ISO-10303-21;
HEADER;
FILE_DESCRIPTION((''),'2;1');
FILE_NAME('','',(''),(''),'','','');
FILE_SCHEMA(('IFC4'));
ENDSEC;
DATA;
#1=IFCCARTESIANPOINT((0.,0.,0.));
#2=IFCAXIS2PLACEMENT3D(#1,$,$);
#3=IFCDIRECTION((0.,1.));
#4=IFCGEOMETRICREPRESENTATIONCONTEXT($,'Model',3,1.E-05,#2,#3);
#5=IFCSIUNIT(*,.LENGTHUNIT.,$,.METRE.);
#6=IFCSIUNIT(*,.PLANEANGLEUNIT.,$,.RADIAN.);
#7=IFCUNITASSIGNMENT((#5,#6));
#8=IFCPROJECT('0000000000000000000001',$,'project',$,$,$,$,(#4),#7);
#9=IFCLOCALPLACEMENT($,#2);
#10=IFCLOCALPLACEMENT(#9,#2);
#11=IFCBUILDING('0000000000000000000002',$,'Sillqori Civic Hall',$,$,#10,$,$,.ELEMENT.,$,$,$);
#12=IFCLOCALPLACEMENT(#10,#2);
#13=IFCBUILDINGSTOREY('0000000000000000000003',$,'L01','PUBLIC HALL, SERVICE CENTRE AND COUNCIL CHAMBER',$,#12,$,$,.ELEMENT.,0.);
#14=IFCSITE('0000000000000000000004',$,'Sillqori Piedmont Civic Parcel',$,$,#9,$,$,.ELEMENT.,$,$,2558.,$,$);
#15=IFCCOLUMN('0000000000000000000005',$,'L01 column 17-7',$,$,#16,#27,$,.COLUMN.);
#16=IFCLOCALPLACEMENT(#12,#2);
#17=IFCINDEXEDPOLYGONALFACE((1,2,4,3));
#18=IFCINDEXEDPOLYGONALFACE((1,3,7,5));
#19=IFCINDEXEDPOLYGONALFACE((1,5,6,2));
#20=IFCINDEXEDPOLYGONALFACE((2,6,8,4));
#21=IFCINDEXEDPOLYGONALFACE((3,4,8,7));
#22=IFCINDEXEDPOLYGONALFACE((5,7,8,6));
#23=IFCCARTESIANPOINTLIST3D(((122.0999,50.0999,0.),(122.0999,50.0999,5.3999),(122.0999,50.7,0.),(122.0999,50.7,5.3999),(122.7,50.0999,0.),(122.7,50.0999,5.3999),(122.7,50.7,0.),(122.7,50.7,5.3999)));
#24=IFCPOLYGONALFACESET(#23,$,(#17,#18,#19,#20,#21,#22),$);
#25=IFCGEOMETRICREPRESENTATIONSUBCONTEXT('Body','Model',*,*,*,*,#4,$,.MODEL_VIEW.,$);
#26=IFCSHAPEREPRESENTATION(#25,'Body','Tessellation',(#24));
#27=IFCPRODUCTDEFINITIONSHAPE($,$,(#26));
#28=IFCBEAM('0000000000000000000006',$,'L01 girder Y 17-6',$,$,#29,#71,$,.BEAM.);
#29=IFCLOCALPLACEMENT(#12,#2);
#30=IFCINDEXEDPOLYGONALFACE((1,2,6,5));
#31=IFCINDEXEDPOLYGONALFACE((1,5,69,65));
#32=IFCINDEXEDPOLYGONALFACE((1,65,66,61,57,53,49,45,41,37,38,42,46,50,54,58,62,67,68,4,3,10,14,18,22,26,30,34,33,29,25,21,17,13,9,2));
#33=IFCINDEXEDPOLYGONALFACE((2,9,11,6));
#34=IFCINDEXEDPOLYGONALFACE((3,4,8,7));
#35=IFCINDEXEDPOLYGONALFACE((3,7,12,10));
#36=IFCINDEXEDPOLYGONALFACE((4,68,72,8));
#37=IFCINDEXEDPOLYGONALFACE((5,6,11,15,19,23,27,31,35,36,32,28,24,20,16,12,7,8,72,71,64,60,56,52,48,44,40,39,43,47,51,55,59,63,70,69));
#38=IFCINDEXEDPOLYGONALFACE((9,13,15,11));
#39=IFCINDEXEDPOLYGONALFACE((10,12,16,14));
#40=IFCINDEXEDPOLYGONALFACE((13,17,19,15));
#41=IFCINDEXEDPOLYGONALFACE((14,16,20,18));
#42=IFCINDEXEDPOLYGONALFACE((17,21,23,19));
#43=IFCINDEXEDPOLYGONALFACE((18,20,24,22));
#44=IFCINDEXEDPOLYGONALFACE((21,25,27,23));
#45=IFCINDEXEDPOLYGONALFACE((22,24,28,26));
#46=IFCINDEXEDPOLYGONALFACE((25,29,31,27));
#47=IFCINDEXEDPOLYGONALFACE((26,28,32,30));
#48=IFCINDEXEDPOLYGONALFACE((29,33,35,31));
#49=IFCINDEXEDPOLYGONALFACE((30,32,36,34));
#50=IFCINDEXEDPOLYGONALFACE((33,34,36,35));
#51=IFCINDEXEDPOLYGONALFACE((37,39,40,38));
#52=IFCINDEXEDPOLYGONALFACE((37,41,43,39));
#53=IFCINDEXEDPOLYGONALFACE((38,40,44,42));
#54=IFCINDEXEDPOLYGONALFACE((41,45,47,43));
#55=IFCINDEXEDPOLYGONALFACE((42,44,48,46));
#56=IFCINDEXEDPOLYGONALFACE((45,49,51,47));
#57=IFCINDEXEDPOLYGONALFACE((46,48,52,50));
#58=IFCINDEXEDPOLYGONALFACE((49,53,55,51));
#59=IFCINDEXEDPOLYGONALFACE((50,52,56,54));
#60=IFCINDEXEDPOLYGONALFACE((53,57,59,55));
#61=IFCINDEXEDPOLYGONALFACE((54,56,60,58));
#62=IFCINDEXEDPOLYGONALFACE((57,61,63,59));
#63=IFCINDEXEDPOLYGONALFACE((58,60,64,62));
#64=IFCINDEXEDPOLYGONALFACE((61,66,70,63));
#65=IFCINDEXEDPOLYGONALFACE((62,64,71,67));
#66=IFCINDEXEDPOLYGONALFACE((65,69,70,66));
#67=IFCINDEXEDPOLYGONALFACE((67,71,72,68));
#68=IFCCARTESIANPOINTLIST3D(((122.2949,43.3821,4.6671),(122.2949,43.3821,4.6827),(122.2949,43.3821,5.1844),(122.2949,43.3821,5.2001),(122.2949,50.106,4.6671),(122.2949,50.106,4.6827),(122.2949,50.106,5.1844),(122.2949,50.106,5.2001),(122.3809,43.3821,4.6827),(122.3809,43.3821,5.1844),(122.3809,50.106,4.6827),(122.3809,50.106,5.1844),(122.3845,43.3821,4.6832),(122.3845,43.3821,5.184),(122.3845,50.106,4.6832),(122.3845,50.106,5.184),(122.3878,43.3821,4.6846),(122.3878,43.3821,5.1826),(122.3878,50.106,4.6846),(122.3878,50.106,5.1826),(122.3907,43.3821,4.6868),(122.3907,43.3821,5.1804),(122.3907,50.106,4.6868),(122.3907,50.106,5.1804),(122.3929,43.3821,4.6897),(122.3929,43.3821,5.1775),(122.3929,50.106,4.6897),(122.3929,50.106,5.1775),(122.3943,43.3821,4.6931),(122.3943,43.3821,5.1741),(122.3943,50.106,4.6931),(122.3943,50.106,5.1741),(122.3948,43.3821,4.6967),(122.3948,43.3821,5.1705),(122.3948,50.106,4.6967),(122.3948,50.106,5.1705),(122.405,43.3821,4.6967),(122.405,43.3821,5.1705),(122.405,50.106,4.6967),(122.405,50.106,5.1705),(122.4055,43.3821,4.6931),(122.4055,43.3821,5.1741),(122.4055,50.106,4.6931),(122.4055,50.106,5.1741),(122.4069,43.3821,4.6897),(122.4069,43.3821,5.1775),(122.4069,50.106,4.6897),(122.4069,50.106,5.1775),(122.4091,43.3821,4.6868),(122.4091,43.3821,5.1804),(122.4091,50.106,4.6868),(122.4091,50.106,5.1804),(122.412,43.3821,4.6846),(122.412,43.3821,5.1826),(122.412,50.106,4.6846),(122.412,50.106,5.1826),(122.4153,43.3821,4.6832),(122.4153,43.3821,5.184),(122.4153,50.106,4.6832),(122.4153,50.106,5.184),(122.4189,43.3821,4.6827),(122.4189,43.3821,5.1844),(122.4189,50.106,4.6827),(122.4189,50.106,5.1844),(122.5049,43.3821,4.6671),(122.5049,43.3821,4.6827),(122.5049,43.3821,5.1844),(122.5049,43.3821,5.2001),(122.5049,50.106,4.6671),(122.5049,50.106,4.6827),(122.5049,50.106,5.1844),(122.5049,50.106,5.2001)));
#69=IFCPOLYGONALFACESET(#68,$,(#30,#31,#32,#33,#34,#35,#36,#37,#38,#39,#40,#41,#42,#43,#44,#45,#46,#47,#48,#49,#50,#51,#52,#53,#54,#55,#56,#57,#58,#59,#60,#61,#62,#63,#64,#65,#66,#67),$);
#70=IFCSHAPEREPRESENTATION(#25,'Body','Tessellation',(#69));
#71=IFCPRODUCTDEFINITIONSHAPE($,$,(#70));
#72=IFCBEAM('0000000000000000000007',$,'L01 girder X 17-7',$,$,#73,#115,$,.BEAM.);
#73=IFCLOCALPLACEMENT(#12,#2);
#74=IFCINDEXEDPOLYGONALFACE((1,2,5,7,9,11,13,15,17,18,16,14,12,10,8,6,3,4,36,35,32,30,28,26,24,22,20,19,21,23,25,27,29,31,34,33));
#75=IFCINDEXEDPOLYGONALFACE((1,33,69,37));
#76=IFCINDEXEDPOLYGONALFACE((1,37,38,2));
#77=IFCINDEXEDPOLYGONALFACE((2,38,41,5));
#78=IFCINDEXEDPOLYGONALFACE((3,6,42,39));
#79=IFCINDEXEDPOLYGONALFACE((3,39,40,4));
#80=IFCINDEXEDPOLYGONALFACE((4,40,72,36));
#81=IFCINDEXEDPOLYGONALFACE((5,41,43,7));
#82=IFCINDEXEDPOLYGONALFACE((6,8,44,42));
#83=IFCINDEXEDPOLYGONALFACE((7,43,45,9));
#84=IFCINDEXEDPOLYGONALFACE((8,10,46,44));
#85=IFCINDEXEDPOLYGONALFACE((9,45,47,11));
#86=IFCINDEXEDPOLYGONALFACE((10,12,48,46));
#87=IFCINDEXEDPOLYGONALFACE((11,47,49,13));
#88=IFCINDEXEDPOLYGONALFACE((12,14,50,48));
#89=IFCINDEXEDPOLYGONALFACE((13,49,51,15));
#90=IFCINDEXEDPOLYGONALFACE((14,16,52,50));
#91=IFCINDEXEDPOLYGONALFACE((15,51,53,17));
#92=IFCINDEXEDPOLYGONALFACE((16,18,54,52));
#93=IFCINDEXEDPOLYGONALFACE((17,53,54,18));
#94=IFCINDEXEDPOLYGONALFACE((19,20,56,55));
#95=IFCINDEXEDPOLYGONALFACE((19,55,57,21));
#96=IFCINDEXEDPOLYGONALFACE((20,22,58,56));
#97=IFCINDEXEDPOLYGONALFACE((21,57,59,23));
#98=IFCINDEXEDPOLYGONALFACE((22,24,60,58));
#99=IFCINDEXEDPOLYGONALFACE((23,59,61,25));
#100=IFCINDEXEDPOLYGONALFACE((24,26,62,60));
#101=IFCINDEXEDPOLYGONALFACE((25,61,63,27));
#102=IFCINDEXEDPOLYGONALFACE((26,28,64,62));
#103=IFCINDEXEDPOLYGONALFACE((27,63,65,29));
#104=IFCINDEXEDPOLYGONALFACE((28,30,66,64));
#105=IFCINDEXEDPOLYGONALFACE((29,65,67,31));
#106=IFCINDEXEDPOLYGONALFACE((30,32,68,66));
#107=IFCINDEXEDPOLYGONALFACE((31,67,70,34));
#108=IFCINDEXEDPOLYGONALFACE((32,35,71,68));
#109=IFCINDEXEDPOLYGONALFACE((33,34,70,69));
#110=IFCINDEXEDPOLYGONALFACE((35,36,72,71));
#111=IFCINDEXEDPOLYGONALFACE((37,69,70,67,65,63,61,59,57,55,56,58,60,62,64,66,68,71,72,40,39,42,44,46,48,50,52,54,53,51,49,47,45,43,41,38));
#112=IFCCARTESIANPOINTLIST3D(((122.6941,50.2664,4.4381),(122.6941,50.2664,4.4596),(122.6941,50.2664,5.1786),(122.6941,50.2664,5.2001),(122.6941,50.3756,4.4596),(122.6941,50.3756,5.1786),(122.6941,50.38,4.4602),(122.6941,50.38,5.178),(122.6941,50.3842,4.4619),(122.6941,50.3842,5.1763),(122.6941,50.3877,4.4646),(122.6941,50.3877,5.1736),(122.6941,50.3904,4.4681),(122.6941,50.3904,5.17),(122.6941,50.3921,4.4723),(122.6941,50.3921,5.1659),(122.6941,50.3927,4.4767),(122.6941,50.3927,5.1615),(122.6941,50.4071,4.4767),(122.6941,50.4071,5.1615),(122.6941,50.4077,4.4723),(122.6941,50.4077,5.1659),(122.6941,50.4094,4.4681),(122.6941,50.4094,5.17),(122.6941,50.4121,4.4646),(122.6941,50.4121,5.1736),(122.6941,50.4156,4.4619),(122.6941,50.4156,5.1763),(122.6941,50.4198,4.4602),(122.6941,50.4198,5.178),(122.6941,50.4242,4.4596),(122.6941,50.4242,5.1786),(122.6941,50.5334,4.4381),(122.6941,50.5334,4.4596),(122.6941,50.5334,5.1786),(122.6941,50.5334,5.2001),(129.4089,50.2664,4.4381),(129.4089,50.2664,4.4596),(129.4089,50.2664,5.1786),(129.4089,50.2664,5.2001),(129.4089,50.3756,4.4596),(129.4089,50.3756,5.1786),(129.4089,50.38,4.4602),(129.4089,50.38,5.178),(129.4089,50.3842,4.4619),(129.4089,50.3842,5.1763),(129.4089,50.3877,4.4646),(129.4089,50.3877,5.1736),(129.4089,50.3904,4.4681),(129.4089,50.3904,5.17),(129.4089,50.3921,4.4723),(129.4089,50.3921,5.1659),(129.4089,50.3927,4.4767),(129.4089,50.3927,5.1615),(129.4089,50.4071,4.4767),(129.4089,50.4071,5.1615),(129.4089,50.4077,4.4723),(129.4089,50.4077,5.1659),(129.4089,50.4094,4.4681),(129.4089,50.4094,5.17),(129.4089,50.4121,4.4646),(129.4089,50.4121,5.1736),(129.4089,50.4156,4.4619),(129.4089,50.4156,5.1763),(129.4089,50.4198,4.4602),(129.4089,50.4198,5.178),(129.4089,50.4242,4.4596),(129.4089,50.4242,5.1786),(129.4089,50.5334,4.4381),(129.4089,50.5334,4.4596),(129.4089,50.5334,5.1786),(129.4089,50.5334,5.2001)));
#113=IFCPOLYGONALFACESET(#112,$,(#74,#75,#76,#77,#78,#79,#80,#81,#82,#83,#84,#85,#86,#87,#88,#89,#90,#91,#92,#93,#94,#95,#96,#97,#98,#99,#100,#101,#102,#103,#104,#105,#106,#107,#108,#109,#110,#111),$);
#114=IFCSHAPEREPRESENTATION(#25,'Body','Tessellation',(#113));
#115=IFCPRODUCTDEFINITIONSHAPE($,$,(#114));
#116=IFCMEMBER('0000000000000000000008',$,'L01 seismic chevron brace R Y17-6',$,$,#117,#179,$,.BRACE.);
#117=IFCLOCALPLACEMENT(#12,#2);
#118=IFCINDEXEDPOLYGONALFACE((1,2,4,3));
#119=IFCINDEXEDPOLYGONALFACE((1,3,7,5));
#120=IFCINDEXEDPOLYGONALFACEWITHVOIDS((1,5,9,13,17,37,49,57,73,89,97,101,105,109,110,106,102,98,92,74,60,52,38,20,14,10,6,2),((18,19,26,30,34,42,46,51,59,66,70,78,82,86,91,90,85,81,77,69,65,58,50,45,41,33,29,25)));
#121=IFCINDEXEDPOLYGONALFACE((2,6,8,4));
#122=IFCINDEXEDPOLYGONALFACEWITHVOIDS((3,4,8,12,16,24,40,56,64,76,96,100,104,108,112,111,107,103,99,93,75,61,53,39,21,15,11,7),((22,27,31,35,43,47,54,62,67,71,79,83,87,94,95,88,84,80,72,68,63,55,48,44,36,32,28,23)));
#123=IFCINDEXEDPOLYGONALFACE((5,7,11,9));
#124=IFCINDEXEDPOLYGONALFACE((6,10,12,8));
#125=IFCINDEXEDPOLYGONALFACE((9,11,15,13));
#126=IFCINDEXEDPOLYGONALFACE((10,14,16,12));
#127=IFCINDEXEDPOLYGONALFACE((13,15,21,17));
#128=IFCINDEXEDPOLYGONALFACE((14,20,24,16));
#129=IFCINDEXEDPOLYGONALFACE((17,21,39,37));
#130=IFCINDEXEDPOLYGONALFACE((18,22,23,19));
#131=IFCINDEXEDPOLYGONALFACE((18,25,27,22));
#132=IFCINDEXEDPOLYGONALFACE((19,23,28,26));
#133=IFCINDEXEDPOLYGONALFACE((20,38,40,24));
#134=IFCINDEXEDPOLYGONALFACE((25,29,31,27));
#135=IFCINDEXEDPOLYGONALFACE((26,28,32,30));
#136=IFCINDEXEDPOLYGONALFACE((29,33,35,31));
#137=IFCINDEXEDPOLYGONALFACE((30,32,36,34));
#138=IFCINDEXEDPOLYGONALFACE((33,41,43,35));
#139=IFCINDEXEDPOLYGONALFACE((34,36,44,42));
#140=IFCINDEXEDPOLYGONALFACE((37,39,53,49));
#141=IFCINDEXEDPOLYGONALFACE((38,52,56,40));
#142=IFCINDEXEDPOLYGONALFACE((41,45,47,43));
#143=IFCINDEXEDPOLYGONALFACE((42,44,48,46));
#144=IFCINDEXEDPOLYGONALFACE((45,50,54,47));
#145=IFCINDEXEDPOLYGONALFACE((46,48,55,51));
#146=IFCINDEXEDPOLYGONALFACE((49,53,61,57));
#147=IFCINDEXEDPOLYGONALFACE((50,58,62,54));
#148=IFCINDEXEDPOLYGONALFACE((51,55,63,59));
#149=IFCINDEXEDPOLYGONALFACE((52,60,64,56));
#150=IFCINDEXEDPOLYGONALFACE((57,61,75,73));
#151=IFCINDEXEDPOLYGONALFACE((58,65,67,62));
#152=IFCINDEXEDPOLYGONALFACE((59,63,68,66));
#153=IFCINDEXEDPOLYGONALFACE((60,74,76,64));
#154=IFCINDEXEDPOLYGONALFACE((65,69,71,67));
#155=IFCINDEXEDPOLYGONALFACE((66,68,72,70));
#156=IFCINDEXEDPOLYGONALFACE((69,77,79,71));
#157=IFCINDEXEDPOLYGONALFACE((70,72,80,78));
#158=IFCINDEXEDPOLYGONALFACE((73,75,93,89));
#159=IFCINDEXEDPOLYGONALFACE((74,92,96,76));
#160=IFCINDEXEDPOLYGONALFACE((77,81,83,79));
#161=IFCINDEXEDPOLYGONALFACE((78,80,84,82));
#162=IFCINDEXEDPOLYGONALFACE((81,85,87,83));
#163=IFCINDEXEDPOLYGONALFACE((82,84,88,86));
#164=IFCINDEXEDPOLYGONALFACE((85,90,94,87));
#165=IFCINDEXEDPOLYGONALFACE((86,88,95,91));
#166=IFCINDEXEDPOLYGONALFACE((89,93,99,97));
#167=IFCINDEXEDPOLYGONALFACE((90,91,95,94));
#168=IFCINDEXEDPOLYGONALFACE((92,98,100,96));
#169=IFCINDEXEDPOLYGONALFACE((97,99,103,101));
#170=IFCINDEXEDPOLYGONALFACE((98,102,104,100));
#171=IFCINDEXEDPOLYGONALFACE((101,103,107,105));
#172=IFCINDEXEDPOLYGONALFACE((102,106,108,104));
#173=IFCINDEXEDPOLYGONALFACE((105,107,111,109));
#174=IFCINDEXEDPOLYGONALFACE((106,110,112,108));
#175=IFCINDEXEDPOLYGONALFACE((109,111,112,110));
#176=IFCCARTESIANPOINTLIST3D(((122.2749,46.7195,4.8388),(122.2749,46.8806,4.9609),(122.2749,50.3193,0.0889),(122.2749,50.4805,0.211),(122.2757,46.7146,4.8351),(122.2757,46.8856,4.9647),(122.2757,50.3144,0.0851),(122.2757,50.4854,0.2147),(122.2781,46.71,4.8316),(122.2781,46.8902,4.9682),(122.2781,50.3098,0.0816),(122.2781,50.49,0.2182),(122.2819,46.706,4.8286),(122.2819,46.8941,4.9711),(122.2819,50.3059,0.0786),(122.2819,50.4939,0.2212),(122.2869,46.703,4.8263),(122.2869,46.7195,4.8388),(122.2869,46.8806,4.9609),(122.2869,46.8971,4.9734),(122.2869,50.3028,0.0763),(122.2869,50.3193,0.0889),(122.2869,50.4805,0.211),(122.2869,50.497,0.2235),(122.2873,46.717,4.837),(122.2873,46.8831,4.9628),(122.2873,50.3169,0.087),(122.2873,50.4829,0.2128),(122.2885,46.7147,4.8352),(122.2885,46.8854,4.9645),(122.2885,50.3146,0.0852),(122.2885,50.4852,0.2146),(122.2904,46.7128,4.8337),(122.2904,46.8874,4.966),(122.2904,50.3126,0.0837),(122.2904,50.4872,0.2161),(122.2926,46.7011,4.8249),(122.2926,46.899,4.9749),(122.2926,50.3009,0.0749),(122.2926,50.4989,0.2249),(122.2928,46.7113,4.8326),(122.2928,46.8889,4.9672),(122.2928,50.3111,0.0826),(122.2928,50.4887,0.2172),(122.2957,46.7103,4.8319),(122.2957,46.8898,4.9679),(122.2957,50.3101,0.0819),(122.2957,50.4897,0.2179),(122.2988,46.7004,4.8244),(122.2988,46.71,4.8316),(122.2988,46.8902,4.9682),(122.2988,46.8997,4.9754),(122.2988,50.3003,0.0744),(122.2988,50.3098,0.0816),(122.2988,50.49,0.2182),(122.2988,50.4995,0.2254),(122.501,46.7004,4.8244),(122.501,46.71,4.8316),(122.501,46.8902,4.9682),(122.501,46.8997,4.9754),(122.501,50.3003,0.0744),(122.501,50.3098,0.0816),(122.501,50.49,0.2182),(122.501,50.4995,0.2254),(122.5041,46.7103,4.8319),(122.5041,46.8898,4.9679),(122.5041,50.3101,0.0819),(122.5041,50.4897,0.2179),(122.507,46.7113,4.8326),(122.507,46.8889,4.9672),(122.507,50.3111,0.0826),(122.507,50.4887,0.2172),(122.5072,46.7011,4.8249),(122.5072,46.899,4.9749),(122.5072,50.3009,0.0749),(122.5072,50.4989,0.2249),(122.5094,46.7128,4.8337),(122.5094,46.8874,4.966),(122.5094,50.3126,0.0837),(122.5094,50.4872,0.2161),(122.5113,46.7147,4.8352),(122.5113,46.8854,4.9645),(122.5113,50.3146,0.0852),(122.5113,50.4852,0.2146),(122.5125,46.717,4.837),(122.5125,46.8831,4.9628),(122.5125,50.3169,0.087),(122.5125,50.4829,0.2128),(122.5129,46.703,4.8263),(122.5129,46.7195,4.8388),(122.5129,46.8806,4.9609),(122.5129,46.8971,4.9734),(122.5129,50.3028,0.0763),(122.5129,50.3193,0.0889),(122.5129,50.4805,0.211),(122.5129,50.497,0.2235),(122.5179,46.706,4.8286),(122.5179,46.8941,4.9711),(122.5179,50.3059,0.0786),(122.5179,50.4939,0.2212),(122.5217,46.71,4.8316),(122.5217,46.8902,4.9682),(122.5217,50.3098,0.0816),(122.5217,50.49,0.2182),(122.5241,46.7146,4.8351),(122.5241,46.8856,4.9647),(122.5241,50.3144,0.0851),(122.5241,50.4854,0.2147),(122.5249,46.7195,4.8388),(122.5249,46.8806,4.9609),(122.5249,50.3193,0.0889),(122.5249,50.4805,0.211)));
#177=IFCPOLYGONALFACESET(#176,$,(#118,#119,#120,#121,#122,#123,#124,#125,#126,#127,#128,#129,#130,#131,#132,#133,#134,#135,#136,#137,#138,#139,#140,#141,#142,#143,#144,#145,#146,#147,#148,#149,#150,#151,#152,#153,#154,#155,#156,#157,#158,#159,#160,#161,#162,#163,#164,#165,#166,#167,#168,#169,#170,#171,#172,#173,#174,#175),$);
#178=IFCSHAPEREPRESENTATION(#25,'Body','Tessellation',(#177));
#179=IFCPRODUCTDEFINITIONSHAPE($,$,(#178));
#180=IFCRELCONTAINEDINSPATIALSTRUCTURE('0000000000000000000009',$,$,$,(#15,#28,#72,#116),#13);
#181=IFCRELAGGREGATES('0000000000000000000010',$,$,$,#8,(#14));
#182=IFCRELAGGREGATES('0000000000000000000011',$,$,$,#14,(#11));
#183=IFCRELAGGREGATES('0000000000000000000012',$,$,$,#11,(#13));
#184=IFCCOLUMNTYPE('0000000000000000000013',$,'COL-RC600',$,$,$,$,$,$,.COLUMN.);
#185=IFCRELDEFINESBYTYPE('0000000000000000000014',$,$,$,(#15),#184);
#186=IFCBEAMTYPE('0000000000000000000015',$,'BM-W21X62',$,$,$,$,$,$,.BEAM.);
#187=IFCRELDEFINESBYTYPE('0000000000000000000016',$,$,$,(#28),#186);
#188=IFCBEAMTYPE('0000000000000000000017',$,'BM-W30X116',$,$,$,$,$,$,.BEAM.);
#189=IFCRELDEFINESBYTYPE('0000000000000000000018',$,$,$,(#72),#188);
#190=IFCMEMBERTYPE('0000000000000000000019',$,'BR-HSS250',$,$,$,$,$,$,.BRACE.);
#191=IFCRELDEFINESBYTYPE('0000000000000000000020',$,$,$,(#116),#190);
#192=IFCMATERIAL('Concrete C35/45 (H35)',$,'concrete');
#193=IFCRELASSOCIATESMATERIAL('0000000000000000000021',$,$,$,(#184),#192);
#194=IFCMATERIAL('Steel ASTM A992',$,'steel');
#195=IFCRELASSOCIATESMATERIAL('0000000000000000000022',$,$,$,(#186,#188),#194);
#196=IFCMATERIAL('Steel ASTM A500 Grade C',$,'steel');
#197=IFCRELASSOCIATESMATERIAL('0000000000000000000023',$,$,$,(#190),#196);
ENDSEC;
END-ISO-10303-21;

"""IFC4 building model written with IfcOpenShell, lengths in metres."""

from ifc_helpers import new_model, si_unit, direction, frame, origin, origin_2d, place, context, subcontext, project, spatial, rectangle, hollow_rectangle, i_section, extrude, material, material_profile, profile_set, type_object, element, save


model = new_model("IFC4")

# Units and contexts
model_context = context("Model", 3, precision=1e-05, world=origin(), true_north=direction((0.0, 1.0)))
body_context = subcontext(model_context, "Body", "Model", "MODEL_VIEW")
ifc_project = project(units=[si_unit("LENGTHUNIT", "METRE"), si_unit("PLANEANGLEUNIT", "RADIAN")], contexts=[model_context])

# Site, building, storey
site_placement = place(None, origin())
site = spatial("IfcSite", under=ifc_project, at=site_placement, Name="Sillqori Piedmont Civic Parcel", CompositionType="ELEMENT", RefElevation=2558.0)
building_placement = place(site_placement, origin())
building = spatial("IfcBuilding", under=site, at=building_placement, Name="Sillqori Civic Hall", CompositionType="ELEMENT")
storey_placement = place(building_placement, origin())
storey = spatial("IfcBuildingStorey", under=building, at=storey_placement, Name="L01", Description="PUBLIC HALL, SERVICE CENTRE AND COUNCIL CHAMBER", CompositionType="ELEMENT", Elevation=0.0)

# Column
ifc_material_1 = material(Name="Concrete C35/45 (H35)", Category="concrete")
ifc_material_profile_1 = material_profile(ifc_material_1, rectangle(XDim=0.6001, YDim=0.6001, at=origin_2d()), Name="RC 600x600")
ifc_profile_set_1 = profile_set([ifc_material_profile_1], Name="Concrete C35/45 (H35)")
column_type = type_object("IfcColumnType", Name="COL-RC600", PredefinedType="COLUMN", material=ifc_profile_set_1)
column_placement = place(storey_placement, frame((122.3999, 50.3999, 0.0), z_axis=(0.0, 0.0, 1.0), x_axis=(1.0, 0.0, 0.0)))
element("IfcColumn", 1, at=column_placement, inside=storey, type_object=column_type, Name="L01 column 17-7", PredefinedType="COLUMN", context=body_context, shape_type="SweptSolid", body=[
    extrude(rectangle(XDim=0.6001, YDim=0.6001, at=origin_2d()), origin(), (0.0, 0.0, 1.0), 5.3999),
])

# Beams
ifc_material_2 = material(Name="Steel ASTM A992", Category="steel")
ifc_material_profile_2 = material_profile(ifc_material_2, i_section(OverallWidth=0.21, OverallDepth=0.533, WebThickness=0.0103, FlangeThickness=0.0156, FilletRadius=0.0139, at=origin_2d()), Name="W21X62")
ifc_profile_set_2 = profile_set([ifc_material_profile_2], Name="Steel ASTM A992")
beam_type_1 = type_object("IfcBeamType", Name="BM-W21X62", PredefinedType="BEAM", material=ifc_profile_set_2)
beam_1_placement = place(storey_placement, frame((122.3999, 43.3821, 4.9336), z_axis=(0.0, 1.0, 0.0), x_axis=(-1.0, 0.0, 0.0)))
element("IfcBeam", 2, at=beam_1_placement, inside=storey, type_object=beam_type_1, Name="L01 girder Y 17-6", PredefinedType="BEAM", context=body_context, shape_type="SweptSolid", body=[
    extrude(i_section(OverallWidth=0.21, OverallDepth=0.533, WebThickness=0.0103, FlangeThickness=0.0156, FilletRadius=0.0139, at=origin_2d()), origin(), (0.0, 0.0, 1.0), 6.7239),
])
ifc_material_profile_3 = material_profile(ifc_material_2, i_section(OverallWidth=0.2671, OverallDepth=0.762, WebThickness=0.0144, FlangeThickness=0.0215, FilletRadius=0.0171, at=origin_2d()), Name="W30X116")
ifc_profile_set_3 = profile_set([ifc_material_profile_3], Name="Steel ASTM A992")
beam_type_2 = type_object("IfcBeamType", Name="BM-W30X116", PredefinedType="BEAM", material=ifc_profile_set_3)
beam_2_placement = place(storey_placement, frame((122.6941, 50.3999, 4.8191), z_axis=(1.0, 0.0, 0.0), x_axis=(0.0, 1.0, 0.0)))
element("IfcBeam", 3, at=beam_2_placement, inside=storey, type_object=beam_type_2, Name="L01 girder X 17-7", PredefinedType="BEAM", context=body_context, shape_type="SweptSolid", body=[
    extrude(i_section(OverallWidth=0.2671, OverallDepth=0.762, WebThickness=0.0144, FlangeThickness=0.0215, FilletRadius=0.0171, at=origin_2d()), origin(), (0.0, 0.0, 1.0), 6.7148),
])

# Member
ifc_material_3 = material(Name="Steel ASTM A500 Grade C", Category="steel")
ifc_material_profile_4 = material_profile(ifc_material_3, hollow_rectangle(XDim=0.25, YDim=0.25, WallThickness=0.012, InnerFilletRadius=0.012, OuterFilletRadius=0.0239, at=origin_2d()), Name="HSS250X250X12")
ifc_profile_set_4 = profile_set([ifc_material_profile_4], Name="Steel ASTM A500 Grade C")
member_type_1 = type_object("IfcMemberType", Name="BR-HSS250", PredefinedType="BRACE", material=ifc_profile_set_4)
member_1_placement = place(storey_placement, frame((122.3999, 50.3999, 0.1499), z_axis=(0.0, -0.604004, 0.796982), x_axis=(1.0, 0.0, 0.0)))
element("IfcMember", 4, at=member_1_placement, inside=storey, type_object=member_type_1, Name="L01 seismic chevron brace R Y17-6", PredefinedType="BRACE", context=body_context, shape_type="SweptSolid", body=[
    extrude(hollow_rectangle(XDim=0.25, YDim=0.25, WallThickness=0.012, InnerFilletRadius=0.012, OuterFilletRadius=0.0239, at=origin_2d()), origin(), (0.0, 0.0, 1.0), 5.96),
])

save(model, "model.ifc")
